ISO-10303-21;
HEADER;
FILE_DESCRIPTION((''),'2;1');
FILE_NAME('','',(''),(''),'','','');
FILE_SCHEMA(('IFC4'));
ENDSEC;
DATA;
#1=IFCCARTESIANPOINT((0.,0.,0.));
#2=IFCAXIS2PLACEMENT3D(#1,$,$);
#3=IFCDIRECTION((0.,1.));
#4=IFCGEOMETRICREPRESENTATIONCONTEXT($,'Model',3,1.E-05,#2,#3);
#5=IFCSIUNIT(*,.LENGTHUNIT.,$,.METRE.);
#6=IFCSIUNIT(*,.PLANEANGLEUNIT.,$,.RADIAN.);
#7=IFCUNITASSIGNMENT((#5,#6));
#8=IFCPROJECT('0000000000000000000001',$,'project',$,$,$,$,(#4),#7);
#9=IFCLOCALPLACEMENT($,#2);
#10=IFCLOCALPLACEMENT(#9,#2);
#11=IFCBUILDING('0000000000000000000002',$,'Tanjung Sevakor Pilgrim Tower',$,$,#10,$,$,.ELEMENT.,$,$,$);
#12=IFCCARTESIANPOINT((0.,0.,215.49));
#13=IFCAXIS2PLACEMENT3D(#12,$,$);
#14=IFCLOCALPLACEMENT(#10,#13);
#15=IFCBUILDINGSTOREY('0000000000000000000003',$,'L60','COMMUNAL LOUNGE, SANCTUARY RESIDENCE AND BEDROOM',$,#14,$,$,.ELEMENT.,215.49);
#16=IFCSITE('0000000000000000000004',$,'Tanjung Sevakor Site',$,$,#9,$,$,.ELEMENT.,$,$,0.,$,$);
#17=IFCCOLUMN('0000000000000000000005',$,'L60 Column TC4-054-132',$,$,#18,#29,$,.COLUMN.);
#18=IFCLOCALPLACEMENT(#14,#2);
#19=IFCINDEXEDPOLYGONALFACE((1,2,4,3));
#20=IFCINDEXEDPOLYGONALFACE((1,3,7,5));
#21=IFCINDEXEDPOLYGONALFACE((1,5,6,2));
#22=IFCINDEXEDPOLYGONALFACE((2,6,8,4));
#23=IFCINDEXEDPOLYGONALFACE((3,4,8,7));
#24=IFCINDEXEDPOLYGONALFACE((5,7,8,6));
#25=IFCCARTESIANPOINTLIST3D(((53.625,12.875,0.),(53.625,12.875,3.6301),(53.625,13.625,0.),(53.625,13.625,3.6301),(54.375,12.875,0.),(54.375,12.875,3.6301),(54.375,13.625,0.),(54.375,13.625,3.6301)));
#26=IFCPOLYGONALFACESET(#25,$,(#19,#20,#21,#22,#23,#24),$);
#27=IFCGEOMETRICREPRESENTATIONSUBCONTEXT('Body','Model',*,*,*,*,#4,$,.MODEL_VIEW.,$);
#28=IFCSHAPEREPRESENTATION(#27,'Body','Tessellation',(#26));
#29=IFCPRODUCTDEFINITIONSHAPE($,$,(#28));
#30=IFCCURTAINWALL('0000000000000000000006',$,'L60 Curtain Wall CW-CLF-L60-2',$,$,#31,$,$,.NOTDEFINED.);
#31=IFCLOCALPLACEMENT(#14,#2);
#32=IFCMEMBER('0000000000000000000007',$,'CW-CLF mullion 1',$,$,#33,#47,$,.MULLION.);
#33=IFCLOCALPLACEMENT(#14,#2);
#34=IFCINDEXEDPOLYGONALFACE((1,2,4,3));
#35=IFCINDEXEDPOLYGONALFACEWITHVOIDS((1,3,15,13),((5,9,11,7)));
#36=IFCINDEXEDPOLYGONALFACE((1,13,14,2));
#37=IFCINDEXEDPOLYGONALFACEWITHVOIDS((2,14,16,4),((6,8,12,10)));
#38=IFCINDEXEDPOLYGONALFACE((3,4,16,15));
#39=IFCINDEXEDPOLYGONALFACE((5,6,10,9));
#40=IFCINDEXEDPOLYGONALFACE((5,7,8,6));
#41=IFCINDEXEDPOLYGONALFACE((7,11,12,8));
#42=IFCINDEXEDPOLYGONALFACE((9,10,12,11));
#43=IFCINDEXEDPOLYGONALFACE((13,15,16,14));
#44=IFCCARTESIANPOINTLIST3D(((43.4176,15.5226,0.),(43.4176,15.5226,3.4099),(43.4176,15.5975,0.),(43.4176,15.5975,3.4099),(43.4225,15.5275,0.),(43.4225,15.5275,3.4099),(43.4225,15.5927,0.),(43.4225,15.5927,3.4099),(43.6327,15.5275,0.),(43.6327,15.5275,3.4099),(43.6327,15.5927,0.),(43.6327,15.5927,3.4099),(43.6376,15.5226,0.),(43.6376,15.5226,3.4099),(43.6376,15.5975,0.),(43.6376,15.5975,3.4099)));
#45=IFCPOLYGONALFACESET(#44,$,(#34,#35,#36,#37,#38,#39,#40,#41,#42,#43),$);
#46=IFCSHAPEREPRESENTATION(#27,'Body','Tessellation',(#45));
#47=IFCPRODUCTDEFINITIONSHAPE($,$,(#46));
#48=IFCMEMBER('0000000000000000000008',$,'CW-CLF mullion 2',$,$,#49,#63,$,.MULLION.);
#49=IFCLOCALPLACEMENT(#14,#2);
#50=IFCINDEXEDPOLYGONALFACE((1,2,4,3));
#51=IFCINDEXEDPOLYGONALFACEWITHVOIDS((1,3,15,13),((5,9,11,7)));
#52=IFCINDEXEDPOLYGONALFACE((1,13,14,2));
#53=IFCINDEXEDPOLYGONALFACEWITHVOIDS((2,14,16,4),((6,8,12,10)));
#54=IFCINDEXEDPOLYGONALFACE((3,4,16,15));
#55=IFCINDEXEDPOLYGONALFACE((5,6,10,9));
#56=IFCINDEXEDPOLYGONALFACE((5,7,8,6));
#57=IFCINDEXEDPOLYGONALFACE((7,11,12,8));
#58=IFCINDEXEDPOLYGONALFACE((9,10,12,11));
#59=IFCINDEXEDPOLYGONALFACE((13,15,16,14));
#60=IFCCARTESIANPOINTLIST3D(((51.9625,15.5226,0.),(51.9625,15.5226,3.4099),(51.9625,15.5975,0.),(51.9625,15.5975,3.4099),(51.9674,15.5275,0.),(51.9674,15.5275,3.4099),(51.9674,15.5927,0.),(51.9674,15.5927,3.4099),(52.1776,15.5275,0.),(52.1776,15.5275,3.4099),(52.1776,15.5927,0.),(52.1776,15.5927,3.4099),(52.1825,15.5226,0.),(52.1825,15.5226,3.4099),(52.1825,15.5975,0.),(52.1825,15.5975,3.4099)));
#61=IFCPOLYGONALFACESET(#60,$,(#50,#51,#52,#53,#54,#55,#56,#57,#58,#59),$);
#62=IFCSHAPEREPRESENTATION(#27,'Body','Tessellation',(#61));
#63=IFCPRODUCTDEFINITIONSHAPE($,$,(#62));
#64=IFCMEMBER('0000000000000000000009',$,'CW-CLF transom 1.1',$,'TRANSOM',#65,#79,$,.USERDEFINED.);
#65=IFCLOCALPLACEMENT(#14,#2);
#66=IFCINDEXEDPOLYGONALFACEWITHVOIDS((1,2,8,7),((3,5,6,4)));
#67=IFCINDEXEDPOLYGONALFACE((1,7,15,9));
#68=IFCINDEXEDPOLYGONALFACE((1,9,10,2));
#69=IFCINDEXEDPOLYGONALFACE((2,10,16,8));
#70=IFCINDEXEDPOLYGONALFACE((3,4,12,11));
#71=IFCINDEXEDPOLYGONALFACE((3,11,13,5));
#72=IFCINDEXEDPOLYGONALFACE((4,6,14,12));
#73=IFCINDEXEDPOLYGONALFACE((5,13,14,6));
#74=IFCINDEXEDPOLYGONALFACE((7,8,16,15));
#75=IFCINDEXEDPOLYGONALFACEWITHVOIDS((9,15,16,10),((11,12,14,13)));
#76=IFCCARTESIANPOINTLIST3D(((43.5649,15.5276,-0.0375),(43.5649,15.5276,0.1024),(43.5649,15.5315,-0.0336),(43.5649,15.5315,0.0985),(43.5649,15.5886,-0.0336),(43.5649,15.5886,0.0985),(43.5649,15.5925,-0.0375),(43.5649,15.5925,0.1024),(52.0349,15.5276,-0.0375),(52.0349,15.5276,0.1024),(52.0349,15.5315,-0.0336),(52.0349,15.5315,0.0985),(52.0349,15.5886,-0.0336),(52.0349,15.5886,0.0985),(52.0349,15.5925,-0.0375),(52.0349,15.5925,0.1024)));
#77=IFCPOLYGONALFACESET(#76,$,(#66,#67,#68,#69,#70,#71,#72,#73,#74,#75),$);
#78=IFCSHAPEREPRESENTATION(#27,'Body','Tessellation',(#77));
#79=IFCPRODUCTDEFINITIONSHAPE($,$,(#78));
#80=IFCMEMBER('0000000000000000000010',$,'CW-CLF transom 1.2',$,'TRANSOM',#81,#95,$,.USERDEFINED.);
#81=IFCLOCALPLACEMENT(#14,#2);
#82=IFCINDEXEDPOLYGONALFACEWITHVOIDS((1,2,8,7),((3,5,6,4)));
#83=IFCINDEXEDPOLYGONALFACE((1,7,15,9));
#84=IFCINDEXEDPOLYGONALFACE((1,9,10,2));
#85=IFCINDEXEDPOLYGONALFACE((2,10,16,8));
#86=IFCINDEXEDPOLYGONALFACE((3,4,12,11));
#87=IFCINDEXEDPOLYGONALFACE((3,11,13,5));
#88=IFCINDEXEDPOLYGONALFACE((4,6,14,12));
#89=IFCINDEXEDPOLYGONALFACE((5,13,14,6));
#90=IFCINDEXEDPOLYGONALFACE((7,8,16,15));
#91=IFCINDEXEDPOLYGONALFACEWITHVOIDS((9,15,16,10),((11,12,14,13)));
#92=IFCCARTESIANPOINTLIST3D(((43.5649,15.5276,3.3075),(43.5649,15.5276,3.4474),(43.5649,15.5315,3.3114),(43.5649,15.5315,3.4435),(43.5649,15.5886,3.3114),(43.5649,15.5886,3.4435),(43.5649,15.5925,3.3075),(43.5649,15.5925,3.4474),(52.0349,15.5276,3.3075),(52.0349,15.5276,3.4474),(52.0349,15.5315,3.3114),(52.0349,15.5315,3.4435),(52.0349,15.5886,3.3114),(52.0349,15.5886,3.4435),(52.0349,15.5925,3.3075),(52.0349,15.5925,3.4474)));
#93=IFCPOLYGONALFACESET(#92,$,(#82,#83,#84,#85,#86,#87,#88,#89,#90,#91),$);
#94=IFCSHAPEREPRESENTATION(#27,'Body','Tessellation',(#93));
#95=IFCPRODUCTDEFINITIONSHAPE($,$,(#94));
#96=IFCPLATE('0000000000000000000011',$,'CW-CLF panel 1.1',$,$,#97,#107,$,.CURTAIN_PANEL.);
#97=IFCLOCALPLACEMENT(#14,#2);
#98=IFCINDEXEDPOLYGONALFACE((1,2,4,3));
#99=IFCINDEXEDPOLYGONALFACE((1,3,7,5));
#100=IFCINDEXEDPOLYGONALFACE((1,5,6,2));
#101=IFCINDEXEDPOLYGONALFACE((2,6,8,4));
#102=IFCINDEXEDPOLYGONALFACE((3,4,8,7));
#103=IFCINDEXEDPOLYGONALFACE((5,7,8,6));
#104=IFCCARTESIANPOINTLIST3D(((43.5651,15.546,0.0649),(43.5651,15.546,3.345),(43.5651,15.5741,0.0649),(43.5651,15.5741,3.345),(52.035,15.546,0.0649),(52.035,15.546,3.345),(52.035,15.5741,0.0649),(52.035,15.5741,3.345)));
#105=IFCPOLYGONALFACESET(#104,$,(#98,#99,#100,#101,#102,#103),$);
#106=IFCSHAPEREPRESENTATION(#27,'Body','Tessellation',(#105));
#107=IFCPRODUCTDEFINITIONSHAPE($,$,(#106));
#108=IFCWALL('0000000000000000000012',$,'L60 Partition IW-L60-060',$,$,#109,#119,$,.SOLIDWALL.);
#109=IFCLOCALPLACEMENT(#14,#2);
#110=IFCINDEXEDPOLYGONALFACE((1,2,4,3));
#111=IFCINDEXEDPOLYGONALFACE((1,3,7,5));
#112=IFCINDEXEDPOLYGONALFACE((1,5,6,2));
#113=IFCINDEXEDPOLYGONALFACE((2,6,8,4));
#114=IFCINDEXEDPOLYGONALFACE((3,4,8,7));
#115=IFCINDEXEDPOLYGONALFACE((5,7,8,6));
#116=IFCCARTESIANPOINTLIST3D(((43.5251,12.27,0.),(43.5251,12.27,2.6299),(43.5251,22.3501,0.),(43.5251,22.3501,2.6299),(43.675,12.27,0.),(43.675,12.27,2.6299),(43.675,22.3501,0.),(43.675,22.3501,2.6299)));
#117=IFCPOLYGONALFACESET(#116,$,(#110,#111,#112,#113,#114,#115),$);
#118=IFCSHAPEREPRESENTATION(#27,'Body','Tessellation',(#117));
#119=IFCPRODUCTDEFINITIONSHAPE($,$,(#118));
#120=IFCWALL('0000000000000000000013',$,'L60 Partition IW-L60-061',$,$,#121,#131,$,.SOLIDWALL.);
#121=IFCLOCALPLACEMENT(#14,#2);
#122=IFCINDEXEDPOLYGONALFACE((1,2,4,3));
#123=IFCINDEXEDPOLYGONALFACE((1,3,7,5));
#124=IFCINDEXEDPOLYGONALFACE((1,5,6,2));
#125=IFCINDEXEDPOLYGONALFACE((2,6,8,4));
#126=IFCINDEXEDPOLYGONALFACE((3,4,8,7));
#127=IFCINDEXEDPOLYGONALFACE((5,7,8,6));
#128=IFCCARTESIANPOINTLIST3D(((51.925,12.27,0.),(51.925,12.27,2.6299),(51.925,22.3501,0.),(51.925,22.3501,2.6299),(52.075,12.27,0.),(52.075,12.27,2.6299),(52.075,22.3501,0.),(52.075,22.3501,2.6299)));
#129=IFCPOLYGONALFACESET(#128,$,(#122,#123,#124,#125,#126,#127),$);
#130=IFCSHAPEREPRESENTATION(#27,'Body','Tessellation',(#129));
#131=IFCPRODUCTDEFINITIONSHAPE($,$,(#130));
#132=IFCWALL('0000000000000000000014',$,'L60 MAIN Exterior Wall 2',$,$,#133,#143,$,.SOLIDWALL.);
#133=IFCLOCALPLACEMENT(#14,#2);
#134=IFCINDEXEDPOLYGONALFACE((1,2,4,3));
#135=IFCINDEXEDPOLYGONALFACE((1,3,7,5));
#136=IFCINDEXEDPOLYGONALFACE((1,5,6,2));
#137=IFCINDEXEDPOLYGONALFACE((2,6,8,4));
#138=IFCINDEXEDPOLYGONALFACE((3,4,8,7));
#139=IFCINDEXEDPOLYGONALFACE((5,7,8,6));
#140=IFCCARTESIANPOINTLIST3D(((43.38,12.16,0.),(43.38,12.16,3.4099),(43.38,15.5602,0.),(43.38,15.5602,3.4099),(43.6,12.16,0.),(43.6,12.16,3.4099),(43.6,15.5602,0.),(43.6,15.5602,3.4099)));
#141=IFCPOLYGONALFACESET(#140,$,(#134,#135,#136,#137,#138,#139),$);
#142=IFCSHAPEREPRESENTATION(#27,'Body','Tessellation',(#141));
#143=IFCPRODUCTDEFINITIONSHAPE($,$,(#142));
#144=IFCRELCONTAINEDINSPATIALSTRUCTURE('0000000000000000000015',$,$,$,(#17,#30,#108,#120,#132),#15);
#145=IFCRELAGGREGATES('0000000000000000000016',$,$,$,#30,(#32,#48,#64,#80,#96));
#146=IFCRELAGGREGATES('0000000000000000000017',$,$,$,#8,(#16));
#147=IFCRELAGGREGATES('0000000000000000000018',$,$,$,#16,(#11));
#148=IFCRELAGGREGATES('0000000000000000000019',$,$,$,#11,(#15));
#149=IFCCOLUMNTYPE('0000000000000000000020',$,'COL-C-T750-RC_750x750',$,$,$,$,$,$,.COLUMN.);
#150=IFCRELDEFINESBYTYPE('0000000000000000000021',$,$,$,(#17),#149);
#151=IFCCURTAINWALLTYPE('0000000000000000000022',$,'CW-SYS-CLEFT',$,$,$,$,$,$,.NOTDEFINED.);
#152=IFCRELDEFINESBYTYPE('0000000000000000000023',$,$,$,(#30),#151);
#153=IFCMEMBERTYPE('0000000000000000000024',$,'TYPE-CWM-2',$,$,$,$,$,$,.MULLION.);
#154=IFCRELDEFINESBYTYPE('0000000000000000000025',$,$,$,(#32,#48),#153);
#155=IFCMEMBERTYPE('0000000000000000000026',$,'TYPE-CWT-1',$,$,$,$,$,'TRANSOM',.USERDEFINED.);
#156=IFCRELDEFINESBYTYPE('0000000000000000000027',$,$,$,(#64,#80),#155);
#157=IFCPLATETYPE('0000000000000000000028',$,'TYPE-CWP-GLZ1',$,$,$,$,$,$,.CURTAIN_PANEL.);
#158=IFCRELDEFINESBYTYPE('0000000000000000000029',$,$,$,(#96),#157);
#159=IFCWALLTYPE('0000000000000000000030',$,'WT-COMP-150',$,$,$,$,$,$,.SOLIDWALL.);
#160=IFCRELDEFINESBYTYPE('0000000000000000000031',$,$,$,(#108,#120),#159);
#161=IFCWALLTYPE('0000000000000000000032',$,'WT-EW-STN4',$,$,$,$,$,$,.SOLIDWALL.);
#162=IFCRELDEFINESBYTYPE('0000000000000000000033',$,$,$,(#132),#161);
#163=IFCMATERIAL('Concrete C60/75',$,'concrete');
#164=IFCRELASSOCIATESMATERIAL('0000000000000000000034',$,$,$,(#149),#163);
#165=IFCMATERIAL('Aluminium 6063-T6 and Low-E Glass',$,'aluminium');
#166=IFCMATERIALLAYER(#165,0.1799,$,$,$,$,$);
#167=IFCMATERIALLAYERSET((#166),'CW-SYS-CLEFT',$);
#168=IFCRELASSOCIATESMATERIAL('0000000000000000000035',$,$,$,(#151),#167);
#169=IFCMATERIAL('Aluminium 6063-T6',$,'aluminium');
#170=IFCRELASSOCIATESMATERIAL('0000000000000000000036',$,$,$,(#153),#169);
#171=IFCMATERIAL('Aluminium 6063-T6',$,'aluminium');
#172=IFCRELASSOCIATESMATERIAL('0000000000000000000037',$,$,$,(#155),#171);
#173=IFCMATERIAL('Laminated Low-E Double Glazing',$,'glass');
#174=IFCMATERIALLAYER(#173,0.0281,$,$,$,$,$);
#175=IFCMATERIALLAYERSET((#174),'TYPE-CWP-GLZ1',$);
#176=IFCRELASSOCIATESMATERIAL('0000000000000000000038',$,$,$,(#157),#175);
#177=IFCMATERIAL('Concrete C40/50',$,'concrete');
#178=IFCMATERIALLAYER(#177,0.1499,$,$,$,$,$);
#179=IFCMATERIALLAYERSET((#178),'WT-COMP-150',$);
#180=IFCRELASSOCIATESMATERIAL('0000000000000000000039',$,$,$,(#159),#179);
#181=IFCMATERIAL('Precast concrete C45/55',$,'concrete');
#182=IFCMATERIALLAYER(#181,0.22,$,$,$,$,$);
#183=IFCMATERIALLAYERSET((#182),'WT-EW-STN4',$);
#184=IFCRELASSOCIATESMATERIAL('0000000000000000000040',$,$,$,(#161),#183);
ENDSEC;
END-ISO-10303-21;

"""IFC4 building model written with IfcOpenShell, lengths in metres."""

from ifc_helpers import new_model, si_unit, direction, frame, frame_2d, origin, origin_2d, place, context, subcontext, project, spatial, rectangle, hollow_rectangle, extrude, material, layer, layer_set, material_profile, profile_set, type_object, element, aggregate, save


model = new_model("IFC4")

# Units and contexts
model_context = context("Model", 3, precision=1e-05, world=origin(), true_north=direction((0.0, 1.0)))
body_context = subcontext(model_context, "Body", "Model", "MODEL_VIEW")
ifc_project = project(units=[si_unit("LENGTHUNIT", "METRE"), si_unit("PLANEANGLEUNIT", "RADIAN")], contexts=[model_context])

# Site, building, storey
site_placement = place(None, origin())
site = spatial("IfcSite", under=ifc_project, at=site_placement, Name="Tanjung Sevakor Site", CompositionType="ELEMENT", RefElevation=0.0)
building_placement = place(site_placement, origin())
building = spatial("IfcBuilding", under=site, at=building_placement, Name="Tanjung Sevakor Pilgrim Tower", CompositionType="ELEMENT")
storey_placement = place(building_placement, frame((0.0, 0.0, 215.49)))
storey = spatial("IfcBuildingStorey", under=building, at=storey_placement, Name="L60", Description="COMMUNAL LOUNGE, SANCTUARY RESIDENCE AND BEDROOM", CompositionType="ELEMENT", Elevation=215.49)

# Column
ifc_material_1 = material(Name="Concrete C60/75", Category="concrete")
ifc_material_profile_1 = material_profile(ifc_material_1, rectangle(XDim=0.75, YDim=0.75, at=origin_2d()))
ifc_profile_set_1 = profile_set([ifc_material_profile_1], Name="Concrete C60/75")
column_type = type_object("IfcColumnType", Name="COL-C-T750-RC_750x750", PredefinedType="COLUMN", material=ifc_profile_set_1)
column_placement = place(storey_placement, frame((54.0, 13.25, 0.0), z_axis=(0.0, 0.0, 1.0), x_axis=(1.0, 0.0, 0.0)))
element("IfcColumn", 1, at=column_placement, inside=storey, type_object=column_type, Name="L60 Column TC4-054-132", PredefinedType="COLUMN", context=body_context, shape_type="SweptSolid", body=[
    extrude(rectangle(XDim=0.75, YDim=0.75, at=origin_2d()), origin(), (0.0, 0.0, 1.0), 3.6301),
])

# Curtain wall, members, plate
ifc_material_2 = material(Name="Aluminium 6063-T6 and Low-E Glass", Category="aluminium")
ifc_layer_1 = layer(ifc_material_2, 0.1799)
ifc_layer_set_1 = layer_set([ifc_layer_1], Name="CW-SYS-CLEFT")
curtain_wall_type = type_object("IfcCurtainWallType", Name="CW-SYS-CLEFT", PredefinedType="NOTDEFINED", material=ifc_layer_set_1)
curtain_wall_placement = place(storey_placement, origin())
curtain_wall = element("IfcCurtainWall", 2, at=curtain_wall_placement, inside=storey, type_object=curtain_wall_type, Name="L60 Curtain Wall CW-CLF-L60-2", PredefinedType="NOTDEFINED")
ifc_material_3 = material(Name="Aluminium 6063-T6", Category="aluminium")
ifc_material_profile_2 = material_profile(ifc_material_3, hollow_rectangle(XDim=0.075, YDim=0.22, WallThickness=0.0049, at=origin_2d()))
ifc_profile_set_2 = profile_set([ifc_material_profile_2], Name="Aluminium 6063-T6")
member_type_1 = type_object("IfcMemberType", Name="TYPE-CWM-2", PredefinedType="MULLION", material=ifc_profile_set_2)
member_1_placement = place(storey_placement, frame((43.5276, 15.5601, 0.0), z_axis=(0.0, 0.0, 1.0), x_axis=(0.0, 1.0, 0.0)))
member_1 = element("IfcMember", 3, at=member_1_placement, type_object=member_type_1, Name="CW-CLF mullion 1", PredefinedType="MULLION", context=body_context, shape_type="SweptSolid", body=[
    extrude(hollow_rectangle(XDim=0.075, YDim=0.22, WallThickness=0.0049, at=origin_2d()), origin(), (0.0, 0.0, 1.0), 3.4099),
])
member_2_placement = place(storey_placement, frame((52.0725, 15.5601, 0.0), z_axis=(0.0, 0.0, 1.0), x_axis=(0.0, 1.0, 0.0)))
member_2 = element("IfcMember", 4, at=member_2_placement, type_object=member_type_1, Name="CW-CLF mullion 2", PredefinedType="MULLION", context=body_context, shape_type="SweptSolid", body=[
    extrude(hollow_rectangle(XDim=0.075, YDim=0.22, WallThickness=0.0049, at=origin_2d()), origin(), (0.0, 0.0, 1.0), 3.4099),
])
ifc_material_4 = material(Name="Aluminium 6063-T6", Category="aluminium")
ifc_material_profile_3 = material_profile(ifc_material_4, hollow_rectangle(XDim=0.0649, YDim=0.1399, WallThickness=0.0039, at=origin_2d()))
ifc_profile_set_3 = profile_set([ifc_material_profile_3], Name="Aluminium 6063-T6")
member_type_2 = type_object("IfcMemberType", Name="TYPE-CWT-1", ElementType="TRANSOM", PredefinedType="USERDEFINED", material=ifc_profile_set_3)
member_3_placement = place(storey_placement, frame((43.5649, 15.5601, 0.0325), z_axis=(1.0, 0.0, 0.0), x_axis=(0.0, 1.0, 0.0)))
member_3 = element("IfcMember", 5, at=member_3_placement, type_object=member_type_2, Name="CW-CLF transom 1.1", ObjectType="TRANSOM", PredefinedType="USERDEFINED", context=body_context, shape_type="SweptSolid", body=[
    extrude(hollow_rectangle(XDim=0.0649, YDim=0.1399, WallThickness=0.0039, at=origin_2d()), origin(), (0.0, 0.0, 1.0), 8.47),
])
member_4_placement = place(storey_placement, frame((43.5649, 15.5601, 3.3774), z_axis=(1.0, 0.0, 0.0), x_axis=(0.0, 1.0, 0.0)))
member_4 = element("IfcMember", 6, at=member_4_placement, type_object=member_type_2, Name="CW-CLF transom 1.2", ObjectType="TRANSOM", PredefinedType="USERDEFINED", context=body_context, shape_type="SweptSolid", body=[
    extrude(hollow_rectangle(XDim=0.0649, YDim=0.1399, WallThickness=0.0039, at=origin_2d()), origin(), (0.0, 0.0, 1.0), 8.47),
])
ifc_material_5 = material(Name="Laminated Low-E Double Glazing", Category="glass")
ifc_layer_2 = layer(ifc_material_5, 0.0281)
ifc_layer_set_2 = layer_set([ifc_layer_2], Name="TYPE-CWP-GLZ1")
plate_type = type_object("IfcPlateType", Name="TYPE-CWP-GLZ1", PredefinedType="CURTAIN_PANEL", material=ifc_layer_set_2)
plate_placement = place(storey_placement, frame((47.8, 15.5601, 0.0649), z_axis=(0.0, 0.0, 1.0), x_axis=(1.0, 0.0, 0.0)))
plate = element("IfcPlate", 7, at=plate_placement, type_object=plate_type, Name="CW-CLF panel 1.1", PredefinedType="CURTAIN_PANEL", context=body_context, shape_type="SweptSolid", body=[
    extrude(rectangle(XDim=8.47, YDim=0.0281, at=origin_2d()), origin(), (0.0, 0.0, 1.0), 3.28),
])
aggregate(curtain_wall, [member_1, member_2, member_3, member_4, plate])

# Walls
ifc_material_6 = material(Name="Concrete C40/50", Category="concrete")
ifc_layer_3 = layer(ifc_material_6, 0.1499)
ifc_layer_set_3 = layer_set([ifc_layer_3], Name="WT-COMP-150")
wall_type_1 = type_object("IfcWallType", Name="WT-COMP-150", PredefinedType="SOLIDWALL", material=ifc_layer_set_3)
for number, where, z_axis, x_axis, name in (
    (8, (43.6001, 12.27, 0.0), (0.0, 0.0, 1.0), (0.0, 1.0, 0.0), "L60 Partition IW-L60-060"),
    (9, (52.0, 12.27, 0.0), (0.0, 0.0, 1.0), (0.0, 1.0, 0.0), "L60 Partition IW-L60-061"),
):
    element("IfcWall", number, at=place(storey_placement, frame(where, z_axis=z_axis, x_axis=x_axis)), inside=storey, type_object=wall_type_1, Name=name, PredefinedType="SOLIDWALL", context=body_context, shape_type="SweptSolid", body=[
        extrude(rectangle(XDim=10.0801, YDim=0.1499, at=frame_2d((5.04, 0.0))), origin(), (0.0, 0.0, 1.0), 2.6299),
    ])
ifc_material_7 = material(Name="Precast concrete C45/55", Category="concrete")
ifc_layer_4 = layer(ifc_material_7, 0.22)
ifc_layer_set_4 = layer_set([ifc_layer_4], Name="WT-EW-STN4")
wall_type_2 = type_object("IfcWallType", Name="WT-EW-STN4", PredefinedType="SOLIDWALL", material=ifc_layer_set_4)
wall_1_placement = place(storey_placement, frame((43.49, 12.1599, 0.0), z_axis=(0.0, 0.0, 1.0), x_axis=(0.0, 1.0, 0.0)))
element("IfcWall", 10, at=wall_1_placement, inside=storey, type_object=wall_type_2, Name="L60 MAIN Exterior Wall 2", PredefinedType="SOLIDWALL", context=body_context, shape_type="SweptSolid", body=[
    extrude(rectangle(XDim=3.4001, YDim=0.22, at=frame_2d((1.7002, 0.0))), origin(), (0.0, 0.0, 1.0), 3.4099),
])

save(model, "model.ifc")
